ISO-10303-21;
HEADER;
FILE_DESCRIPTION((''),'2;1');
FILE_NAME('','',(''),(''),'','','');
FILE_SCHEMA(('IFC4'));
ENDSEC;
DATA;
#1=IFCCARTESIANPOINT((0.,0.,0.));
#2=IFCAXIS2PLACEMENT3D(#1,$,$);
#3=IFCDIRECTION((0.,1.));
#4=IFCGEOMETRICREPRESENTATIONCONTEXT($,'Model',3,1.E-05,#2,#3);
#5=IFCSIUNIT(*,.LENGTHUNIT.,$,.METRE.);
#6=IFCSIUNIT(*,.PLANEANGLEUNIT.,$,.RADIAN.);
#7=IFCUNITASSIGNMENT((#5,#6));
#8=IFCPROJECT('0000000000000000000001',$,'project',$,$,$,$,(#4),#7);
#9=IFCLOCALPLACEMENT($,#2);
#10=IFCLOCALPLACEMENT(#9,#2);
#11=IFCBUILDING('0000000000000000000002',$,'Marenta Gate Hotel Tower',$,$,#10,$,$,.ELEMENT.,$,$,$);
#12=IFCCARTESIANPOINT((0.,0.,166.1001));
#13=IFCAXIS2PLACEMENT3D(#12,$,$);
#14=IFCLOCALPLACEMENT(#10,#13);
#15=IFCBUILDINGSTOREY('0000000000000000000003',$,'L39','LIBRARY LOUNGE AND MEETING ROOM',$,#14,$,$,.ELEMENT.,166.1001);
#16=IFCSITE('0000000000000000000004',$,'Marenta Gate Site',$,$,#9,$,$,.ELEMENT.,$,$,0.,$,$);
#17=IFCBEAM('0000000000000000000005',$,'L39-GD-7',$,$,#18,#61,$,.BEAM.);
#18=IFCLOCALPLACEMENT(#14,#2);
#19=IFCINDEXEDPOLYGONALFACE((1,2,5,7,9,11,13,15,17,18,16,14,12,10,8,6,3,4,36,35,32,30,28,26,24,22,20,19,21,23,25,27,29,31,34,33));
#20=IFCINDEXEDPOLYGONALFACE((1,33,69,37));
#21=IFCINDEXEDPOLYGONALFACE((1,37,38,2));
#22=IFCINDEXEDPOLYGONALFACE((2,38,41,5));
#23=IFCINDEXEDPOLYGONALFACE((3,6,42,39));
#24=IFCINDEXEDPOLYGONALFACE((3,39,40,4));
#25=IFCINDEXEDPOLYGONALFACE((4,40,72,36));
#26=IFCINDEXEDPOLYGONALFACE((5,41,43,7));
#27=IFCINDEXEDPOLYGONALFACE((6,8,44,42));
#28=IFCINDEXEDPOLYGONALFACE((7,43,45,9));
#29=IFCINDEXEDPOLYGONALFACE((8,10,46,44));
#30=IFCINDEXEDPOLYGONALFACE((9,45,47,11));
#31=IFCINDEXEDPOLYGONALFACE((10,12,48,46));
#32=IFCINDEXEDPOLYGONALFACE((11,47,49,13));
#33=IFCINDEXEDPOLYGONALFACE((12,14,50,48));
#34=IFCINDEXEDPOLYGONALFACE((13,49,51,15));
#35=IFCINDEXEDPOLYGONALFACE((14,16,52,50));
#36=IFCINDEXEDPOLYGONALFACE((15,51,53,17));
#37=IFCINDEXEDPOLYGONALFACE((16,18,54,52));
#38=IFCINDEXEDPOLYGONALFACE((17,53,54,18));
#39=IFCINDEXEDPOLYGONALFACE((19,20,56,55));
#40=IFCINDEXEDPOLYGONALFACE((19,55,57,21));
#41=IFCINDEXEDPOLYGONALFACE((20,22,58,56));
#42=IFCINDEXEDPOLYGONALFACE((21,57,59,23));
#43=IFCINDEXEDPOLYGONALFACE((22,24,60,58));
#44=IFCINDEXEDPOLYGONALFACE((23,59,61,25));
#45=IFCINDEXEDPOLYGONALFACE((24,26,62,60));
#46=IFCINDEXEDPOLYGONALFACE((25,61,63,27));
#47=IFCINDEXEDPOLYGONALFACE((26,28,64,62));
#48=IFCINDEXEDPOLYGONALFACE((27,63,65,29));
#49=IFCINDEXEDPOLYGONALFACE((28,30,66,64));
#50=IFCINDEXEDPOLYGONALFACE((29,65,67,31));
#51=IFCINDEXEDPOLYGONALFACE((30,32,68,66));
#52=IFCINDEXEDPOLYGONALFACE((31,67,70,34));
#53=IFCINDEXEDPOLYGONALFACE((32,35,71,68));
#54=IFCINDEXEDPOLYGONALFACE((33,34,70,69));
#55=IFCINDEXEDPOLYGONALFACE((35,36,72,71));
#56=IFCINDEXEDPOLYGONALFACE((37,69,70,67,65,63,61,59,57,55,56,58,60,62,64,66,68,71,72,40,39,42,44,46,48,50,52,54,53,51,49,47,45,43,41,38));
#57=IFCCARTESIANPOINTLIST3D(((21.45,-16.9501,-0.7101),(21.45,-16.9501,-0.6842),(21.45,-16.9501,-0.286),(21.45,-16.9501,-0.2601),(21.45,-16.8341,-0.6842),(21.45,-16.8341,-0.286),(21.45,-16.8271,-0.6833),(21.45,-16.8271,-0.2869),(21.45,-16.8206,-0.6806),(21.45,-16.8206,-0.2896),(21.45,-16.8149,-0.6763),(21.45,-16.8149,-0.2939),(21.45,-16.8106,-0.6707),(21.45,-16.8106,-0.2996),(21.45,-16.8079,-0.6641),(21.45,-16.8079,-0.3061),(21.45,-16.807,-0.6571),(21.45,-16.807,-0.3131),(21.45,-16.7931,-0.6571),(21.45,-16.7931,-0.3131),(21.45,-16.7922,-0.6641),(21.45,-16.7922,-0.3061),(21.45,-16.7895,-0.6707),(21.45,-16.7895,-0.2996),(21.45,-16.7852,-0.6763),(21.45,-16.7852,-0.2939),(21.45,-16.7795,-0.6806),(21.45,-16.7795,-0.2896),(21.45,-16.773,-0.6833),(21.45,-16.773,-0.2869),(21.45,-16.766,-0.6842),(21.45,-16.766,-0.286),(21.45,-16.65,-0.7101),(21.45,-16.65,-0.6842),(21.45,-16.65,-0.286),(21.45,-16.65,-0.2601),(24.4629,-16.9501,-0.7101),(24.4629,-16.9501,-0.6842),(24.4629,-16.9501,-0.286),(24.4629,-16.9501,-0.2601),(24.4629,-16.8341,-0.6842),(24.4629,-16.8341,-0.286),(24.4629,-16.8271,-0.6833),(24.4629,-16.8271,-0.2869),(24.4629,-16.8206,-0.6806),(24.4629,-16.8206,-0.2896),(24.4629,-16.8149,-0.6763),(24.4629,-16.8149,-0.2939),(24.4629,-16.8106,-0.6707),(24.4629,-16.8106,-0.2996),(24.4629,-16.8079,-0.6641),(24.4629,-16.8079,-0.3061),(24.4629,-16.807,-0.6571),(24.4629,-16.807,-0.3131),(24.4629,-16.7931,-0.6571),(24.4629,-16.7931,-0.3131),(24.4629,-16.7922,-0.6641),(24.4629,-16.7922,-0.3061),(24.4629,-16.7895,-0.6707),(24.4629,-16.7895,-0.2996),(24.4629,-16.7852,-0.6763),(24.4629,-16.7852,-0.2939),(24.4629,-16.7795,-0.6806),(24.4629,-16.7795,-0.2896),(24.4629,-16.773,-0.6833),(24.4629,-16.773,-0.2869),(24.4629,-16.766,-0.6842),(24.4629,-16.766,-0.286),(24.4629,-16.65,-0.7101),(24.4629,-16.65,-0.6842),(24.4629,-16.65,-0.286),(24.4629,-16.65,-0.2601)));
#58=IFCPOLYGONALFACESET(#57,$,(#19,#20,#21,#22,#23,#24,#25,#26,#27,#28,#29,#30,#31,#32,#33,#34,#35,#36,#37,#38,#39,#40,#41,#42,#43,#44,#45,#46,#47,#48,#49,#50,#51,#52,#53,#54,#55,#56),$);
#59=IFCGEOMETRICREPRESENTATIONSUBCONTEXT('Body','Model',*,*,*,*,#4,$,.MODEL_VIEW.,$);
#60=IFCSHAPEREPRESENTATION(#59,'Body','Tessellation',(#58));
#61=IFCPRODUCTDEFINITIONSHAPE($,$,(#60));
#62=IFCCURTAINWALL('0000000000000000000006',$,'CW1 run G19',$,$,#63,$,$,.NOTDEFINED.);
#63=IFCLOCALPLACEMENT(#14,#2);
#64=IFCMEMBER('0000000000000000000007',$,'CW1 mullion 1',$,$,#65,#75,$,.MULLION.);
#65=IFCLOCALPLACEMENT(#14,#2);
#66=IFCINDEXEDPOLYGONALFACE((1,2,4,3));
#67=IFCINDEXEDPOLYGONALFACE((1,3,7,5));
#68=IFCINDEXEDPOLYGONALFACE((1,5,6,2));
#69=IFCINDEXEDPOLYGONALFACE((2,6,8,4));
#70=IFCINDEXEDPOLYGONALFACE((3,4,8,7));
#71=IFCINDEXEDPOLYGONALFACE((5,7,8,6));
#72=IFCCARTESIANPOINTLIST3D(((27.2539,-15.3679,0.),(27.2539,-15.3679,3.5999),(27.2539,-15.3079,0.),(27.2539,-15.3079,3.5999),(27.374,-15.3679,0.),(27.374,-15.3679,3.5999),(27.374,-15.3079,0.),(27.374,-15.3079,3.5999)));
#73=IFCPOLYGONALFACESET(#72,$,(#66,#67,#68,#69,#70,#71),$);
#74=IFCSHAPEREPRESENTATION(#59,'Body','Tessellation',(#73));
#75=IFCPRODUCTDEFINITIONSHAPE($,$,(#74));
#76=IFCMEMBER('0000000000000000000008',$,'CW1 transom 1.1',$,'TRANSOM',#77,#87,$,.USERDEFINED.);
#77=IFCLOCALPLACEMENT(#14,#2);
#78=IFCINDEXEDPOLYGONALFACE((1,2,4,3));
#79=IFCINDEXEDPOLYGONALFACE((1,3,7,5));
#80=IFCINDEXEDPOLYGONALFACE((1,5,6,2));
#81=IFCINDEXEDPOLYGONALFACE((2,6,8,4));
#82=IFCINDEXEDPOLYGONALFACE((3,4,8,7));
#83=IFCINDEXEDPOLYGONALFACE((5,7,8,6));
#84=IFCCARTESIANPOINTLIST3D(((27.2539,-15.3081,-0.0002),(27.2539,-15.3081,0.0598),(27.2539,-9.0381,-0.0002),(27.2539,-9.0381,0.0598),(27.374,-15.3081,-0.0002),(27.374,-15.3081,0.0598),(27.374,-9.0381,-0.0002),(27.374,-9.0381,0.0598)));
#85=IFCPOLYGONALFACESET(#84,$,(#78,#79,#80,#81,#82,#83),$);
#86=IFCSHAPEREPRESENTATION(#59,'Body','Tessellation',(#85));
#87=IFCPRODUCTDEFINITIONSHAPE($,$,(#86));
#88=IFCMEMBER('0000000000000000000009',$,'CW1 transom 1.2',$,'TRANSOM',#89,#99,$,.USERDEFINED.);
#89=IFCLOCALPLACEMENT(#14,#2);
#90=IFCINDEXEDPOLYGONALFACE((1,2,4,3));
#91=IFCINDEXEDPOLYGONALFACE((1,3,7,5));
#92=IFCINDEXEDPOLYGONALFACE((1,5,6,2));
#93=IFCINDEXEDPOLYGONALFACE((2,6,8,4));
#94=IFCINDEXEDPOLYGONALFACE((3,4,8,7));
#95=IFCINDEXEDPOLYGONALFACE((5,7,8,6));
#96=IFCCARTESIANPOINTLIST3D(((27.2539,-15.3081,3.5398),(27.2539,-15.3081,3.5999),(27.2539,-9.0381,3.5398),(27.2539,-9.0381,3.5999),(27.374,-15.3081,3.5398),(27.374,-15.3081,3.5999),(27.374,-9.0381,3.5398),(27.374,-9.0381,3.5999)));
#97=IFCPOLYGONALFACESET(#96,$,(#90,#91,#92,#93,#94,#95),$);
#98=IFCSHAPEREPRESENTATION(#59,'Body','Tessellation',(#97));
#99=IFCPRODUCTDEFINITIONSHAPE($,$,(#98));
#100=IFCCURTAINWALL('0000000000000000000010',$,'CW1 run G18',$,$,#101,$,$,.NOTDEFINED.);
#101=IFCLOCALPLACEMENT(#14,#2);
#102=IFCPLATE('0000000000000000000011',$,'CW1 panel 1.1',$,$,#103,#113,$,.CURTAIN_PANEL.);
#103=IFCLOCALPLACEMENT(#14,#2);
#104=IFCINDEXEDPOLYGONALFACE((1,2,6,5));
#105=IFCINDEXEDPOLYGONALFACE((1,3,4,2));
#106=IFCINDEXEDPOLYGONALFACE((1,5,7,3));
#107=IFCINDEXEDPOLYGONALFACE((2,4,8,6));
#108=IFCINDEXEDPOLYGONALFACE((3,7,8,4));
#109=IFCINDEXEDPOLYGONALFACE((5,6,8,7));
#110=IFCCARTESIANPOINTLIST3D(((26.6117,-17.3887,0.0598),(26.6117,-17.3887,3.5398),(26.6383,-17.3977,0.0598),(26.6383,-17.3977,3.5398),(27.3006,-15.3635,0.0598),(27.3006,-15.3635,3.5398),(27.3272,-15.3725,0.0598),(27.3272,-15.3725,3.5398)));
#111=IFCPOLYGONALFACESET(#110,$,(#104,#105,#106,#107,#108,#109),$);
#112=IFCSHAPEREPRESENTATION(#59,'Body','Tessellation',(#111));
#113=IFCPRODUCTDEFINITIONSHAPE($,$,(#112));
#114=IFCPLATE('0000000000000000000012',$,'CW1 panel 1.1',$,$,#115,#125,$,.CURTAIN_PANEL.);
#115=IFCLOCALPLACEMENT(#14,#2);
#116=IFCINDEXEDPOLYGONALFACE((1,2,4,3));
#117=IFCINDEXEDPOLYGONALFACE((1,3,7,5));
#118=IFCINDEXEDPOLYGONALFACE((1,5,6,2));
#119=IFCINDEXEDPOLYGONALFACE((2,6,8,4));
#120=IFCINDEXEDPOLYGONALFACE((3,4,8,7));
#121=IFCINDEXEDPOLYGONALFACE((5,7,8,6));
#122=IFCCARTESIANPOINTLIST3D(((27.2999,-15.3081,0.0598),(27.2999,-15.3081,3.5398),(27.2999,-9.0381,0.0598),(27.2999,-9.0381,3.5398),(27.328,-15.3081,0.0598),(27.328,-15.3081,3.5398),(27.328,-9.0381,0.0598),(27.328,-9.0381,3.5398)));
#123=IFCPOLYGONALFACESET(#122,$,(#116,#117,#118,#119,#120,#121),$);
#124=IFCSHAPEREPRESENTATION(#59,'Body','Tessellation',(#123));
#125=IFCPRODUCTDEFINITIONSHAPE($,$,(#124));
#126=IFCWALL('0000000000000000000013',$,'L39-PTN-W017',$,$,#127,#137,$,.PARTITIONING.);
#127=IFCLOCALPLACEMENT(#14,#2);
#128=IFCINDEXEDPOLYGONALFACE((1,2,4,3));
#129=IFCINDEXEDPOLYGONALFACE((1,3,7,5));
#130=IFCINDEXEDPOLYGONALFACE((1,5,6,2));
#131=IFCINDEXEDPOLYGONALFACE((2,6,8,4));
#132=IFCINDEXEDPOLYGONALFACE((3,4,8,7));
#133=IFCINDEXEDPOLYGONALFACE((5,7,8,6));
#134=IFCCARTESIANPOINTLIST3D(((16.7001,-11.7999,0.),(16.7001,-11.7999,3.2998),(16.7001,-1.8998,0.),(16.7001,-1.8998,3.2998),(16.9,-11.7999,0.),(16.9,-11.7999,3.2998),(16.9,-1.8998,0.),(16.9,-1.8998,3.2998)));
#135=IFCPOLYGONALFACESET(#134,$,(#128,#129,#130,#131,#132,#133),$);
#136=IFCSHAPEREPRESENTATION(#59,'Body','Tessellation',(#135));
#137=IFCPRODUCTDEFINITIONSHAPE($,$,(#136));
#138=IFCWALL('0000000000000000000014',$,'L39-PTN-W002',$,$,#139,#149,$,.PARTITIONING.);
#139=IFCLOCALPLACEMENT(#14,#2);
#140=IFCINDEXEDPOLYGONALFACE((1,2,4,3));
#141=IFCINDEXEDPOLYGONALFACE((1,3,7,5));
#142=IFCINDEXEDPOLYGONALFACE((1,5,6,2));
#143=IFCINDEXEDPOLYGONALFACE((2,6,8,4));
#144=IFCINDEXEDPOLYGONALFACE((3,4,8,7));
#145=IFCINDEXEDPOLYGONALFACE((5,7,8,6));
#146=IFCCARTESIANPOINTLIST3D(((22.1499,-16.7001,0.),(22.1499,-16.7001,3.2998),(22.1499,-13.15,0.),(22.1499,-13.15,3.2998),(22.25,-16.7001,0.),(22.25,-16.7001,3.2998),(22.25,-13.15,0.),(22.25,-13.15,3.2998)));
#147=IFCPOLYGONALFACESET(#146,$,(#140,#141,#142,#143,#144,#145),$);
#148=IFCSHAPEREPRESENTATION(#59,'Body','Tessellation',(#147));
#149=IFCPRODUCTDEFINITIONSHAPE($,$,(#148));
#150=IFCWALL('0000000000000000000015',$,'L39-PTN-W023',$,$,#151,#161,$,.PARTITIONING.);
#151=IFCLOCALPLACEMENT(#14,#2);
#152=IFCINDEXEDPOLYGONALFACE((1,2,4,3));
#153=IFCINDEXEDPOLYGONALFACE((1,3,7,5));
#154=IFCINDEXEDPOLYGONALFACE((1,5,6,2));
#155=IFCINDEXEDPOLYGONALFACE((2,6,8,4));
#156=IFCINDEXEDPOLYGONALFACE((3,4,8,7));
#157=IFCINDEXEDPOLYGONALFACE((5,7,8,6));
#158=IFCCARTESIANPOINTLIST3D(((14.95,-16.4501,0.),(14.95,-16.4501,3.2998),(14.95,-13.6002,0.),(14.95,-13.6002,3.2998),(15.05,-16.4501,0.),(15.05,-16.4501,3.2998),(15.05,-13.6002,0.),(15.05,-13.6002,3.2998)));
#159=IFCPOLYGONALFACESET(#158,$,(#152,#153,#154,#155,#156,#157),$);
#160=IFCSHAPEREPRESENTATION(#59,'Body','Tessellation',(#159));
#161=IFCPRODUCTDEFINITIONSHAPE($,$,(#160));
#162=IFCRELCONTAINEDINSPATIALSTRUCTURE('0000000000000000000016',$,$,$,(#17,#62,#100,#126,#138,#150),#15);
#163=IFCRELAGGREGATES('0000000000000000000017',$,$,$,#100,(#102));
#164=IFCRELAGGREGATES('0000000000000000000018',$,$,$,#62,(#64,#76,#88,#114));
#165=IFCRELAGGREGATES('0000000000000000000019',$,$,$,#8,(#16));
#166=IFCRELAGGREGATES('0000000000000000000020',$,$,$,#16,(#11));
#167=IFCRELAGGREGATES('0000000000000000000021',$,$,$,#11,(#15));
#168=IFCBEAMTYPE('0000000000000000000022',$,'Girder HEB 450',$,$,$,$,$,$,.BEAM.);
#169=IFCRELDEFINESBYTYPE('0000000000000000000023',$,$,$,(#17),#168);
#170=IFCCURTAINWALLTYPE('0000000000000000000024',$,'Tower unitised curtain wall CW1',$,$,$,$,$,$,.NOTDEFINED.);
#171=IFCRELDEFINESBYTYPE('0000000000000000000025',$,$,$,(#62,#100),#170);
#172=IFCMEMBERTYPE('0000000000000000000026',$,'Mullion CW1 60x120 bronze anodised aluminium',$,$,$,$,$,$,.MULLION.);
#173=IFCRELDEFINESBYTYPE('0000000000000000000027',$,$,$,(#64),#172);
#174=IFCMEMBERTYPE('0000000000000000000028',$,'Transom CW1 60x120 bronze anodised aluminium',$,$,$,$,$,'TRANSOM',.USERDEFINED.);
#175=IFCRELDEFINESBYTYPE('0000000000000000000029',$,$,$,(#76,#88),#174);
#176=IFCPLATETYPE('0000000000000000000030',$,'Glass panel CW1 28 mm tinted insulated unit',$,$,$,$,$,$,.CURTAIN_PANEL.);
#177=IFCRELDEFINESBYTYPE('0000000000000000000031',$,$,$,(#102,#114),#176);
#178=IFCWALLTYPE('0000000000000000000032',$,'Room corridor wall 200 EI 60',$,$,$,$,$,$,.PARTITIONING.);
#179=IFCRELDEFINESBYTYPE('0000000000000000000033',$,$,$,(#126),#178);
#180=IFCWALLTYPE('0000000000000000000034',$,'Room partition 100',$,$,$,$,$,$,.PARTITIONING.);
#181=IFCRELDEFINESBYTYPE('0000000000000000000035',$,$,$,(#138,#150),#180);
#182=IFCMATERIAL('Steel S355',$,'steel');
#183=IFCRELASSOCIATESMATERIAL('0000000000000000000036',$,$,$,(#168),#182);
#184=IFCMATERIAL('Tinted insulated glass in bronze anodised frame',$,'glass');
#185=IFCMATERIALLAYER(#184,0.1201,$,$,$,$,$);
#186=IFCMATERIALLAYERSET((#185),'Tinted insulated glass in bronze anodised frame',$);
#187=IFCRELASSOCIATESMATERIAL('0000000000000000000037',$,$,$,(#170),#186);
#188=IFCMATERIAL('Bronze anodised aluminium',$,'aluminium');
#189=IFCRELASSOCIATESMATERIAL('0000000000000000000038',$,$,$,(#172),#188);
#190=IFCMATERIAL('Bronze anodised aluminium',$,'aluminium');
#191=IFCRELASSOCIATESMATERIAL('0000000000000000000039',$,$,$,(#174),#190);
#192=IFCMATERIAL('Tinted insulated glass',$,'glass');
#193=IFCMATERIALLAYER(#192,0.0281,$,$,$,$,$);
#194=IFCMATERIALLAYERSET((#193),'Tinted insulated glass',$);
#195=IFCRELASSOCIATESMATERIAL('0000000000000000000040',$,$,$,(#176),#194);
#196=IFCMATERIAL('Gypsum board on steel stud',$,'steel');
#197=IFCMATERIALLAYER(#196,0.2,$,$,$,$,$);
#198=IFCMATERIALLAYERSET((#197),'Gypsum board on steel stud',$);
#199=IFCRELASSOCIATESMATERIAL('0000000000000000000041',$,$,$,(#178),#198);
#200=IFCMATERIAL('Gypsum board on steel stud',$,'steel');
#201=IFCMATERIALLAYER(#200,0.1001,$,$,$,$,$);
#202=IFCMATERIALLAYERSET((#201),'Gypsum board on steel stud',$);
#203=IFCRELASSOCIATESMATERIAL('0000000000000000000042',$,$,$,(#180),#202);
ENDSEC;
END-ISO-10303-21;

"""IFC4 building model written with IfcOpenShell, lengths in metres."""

from ifc_helpers import new_model, si_unit, direction, frame, frame_2d, origin, origin_2d, place, context, subcontext, project, spatial, rectangle, i_section, extrude, material, layer, layer_set, material_profile, profile_set, type_object, element, aggregate, save


model = new_model("IFC4")

# Units and contexts
model_context = context("Model", 3, precision=1e-05, world=origin(), true_north=direction((0.0, 1.0)))
body_context = subcontext(model_context, "Body", "Model", "MODEL_VIEW")
ifc_project = project(units=[si_unit("LENGTHUNIT", "METRE"), si_unit("PLANEANGLEUNIT", "RADIAN")], contexts=[model_context])

# Site, building, storey
site_placement = place(None, origin())
site = spatial("IfcSite", under=ifc_project, at=site_placement, Name="Marenta Gate Site", CompositionType="ELEMENT", RefElevation=0.0)
building_placement = place(site_placement, origin())
building = spatial("IfcBuilding", under=site, at=building_placement, Name="Marenta Gate Hotel Tower", CompositionType="ELEMENT")
storey_placement = place(building_placement, frame((0.0, 0.0, 166.1001)))
storey = spatial("IfcBuildingStorey", under=building, at=storey_placement, Name="L39", Description="LIBRARY LOUNGE AND MEETING ROOM", CompositionType="ELEMENT", Elevation=166.1001)

# Beam
ifc_material_1 = material(Name="Steel S355", Category="steel")
ifc_material_profile_1 = material_profile(ifc_material_1, i_section(OverallWidth=0.3, OverallDepth=0.45, WebThickness=0.0139, FlangeThickness=0.0259, FilletRadius=0.0271, at=origin_2d()), Name="HEB 450")
ifc_profile_set_1 = profile_set([ifc_material_profile_1], Name="Steel S355")
beam_type_1 = type_object("IfcBeamType", Name="Girder HEB 450", PredefinedType="BEAM", material=ifc_profile_set_1)
beam_1_placement = place(storey_placement, frame((21.45, -16.8, -0.4851), z_axis=(1.0, 0.0, 0.0), x_axis=(0.0, 1.0, 0.0)))
element("IfcBeam", 1, at=beam_1_placement, inside=storey, type_object=beam_type_1, Name="L39-GD-7", PredefinedType="BEAM", context=body_context, shape_type="SweptSolid", body=[
    extrude(i_section(OverallWidth=0.3, OverallDepth=0.45, WebThickness=0.0139, FlangeThickness=0.0259, FilletRadius=0.0271, at=origin_2d()), origin(), (0.0, 0.0, 1.0), 3.0129),
])

# Curtain wall, members
ifc_material_2 = material(Name="Tinted insulated glass in bronze anodised frame", Category="glass")
ifc_layer_1 = layer(ifc_material_2, 0.1201)
ifc_layer_set_1 = layer_set([ifc_layer_1], Name="Tinted insulated glass in bronze anodised frame")
curtain_wall_type = type_object("IfcCurtainWallType", Name="Tower unitised curtain wall CW1", PredefinedType="NOTDEFINED", material=ifc_layer_set_1)
curtain_wall_1_placement = place(storey_placement, origin())
curtain_wall_1 = element("IfcCurtainWall", 2, at=curtain_wall_1_placement, inside=storey, type_object=curtain_wall_type, Name="CW1 run G19", PredefinedType="NOTDEFINED")
ifc_material_3 = material(Name="Bronze anodised aluminium", Category="aluminium")
ifc_material_profile_2 = material_profile(ifc_material_3, rectangle(XDim=0.1201, YDim=0.0601, at=origin_2d()), Name="Mullion CW1 60x120 bronze anodised aluminium")
ifc_profile_set_2 = profile_set([ifc_material_profile_2], Name="Bronze anodised aluminium")
member_type_1 = type_object("IfcMemberType", Name="Mullion CW1 60x120 bronze anodised aluminium", PredefinedType="MULLION", material=ifc_profile_set_2)
member_1_placement = place(storey_placement, frame((27.314, -15.3379, 0.0), z_axis=(0.0, 0.0, 1.0), x_axis=(-1.0, 0.0, 0.0)))
member_1 = element("IfcMember", 3, at=member_1_placement, type_object=member_type_1, Name="CW1 mullion 1", PredefinedType="MULLION", context=body_context, shape_type="SweptSolid", body=[
    extrude(rectangle(XDim=0.1201, YDim=0.0601, at=origin_2d()), origin(), (0.0, 0.0, 1.0), 3.5999),
])
ifc_material_4 = material(Name="Bronze anodised aluminium", Category="aluminium")
ifc_material_profile_3 = material_profile(ifc_material_4, rectangle(XDim=0.1201, YDim=0.0601, at=origin_2d()), Name="Transom CW1 60x120 bronze anodised aluminium")
ifc_profile_set_3 = profile_set([ifc_material_profile_3], Name="Bronze anodised aluminium")
member_type_2 = type_object("IfcMemberType", Name="Transom CW1 60x120 bronze anodised aluminium", ElementType="TRANSOM", PredefinedType="USERDEFINED", material=ifc_profile_set_3)
member_2_placement = place(storey_placement, frame((27.314, -15.3081, 0.0298), z_axis=(0.0, 1.0, 0.0), x_axis=(-1.0, 0.0, 0.0)))
member_2 = element("IfcMember", 4, at=member_2_placement, type_object=member_type_2, Name="CW1 transom 1.1", ObjectType="TRANSOM", PredefinedType="USERDEFINED", context=body_context, shape_type="SweptSolid", body=[
    extrude(rectangle(XDim=0.1201, YDim=0.0601, at=origin_2d()), origin(), (0.0, 0.0, 1.0), 6.27),
])
member_3_placement = place(storey_placement, frame((27.314, -15.3081, 3.5698), z_axis=(0.0, 1.0, 0.0), x_axis=(-1.0, 0.0, 0.0)))
member_3 = element("IfcMember", 5, at=member_3_placement, type_object=member_type_2, Name="CW1 transom 1.2", ObjectType="TRANSOM", PredefinedType="USERDEFINED", context=body_context, shape_type="SweptSolid", body=[
    extrude(rectangle(XDim=0.1201, YDim=0.0601, at=origin_2d()), origin(), (0.0, 0.0, 1.0), 6.27),
])

# Curtain wall, plate
curtain_wall_2_placement = place(storey_placement, origin())
curtain_wall_2 = element("IfcCurtainWall", 6, at=curtain_wall_2_placement, inside=storey, type_object=curtain_wall_type, Name="CW1 run G18", PredefinedType="NOTDEFINED")
ifc_material_5 = material(Name="Tinted insulated glass", Category="glass")
ifc_layer_2 = layer(ifc_material_5, 0.0281)
ifc_layer_set_2 = layer_set([ifc_layer_2], Name="Tinted insulated glass")
plate_type = type_object("IfcPlateType", Name="Glass panel CW1 28 mm tinted insulated unit", PredefinedType="CURTAIN_PANEL", material=ifc_layer_set_2)
plate_1_placement = place(storey_placement, frame((26.9695, -16.3806, 0.0598), z_axis=(0.0, 0.0, 1.0), x_axis=(0.322047, 0.946724, 0.0)))
plate_1 = element("IfcPlate", 7, at=plate_1_placement, type_object=plate_type, Name="CW1 panel 1.1", PredefinedType="CURTAIN_PANEL", context=body_context, shape_type="SweptSolid", body=[
    extrude(rectangle(XDim=2.1392, YDim=0.0281, at=origin_2d()), origin(), (0.0, 0.0, 1.0), 3.48),
])
aggregate(curtain_wall_2, [plate_1])

# Plate
plate_2_placement = place(storey_placement, frame((27.314, -12.1731, 0.0598), z_axis=(0.0, 0.0, 1.0), x_axis=(0.0, 1.0, 0.0)))
plate_2 = element("IfcPlate", 8, at=plate_2_placement, type_object=plate_type, Name="CW1 panel 1.1", PredefinedType="CURTAIN_PANEL", context=body_context, shape_type="SweptSolid", body=[
    extrude(rectangle(XDim=6.27, YDim=0.0281, at=origin_2d()), origin(), (0.0, 0.0, 1.0), 3.48),
])
aggregate(curtain_wall_1, [member_1, member_2, member_3, plate_2])

# Walls
ifc_material_6 = material(Name="Gypsum board on steel stud", Category="steel")
ifc_layer_3 = layer(ifc_material_6, 0.2)
ifc_layer_set_3 = layer_set([ifc_layer_3], Name="Gypsum board on steel stud")
wall_type_1 = type_object("IfcWallType", Name="Room corridor wall 200 EI 60", PredefinedType="PARTITIONING", material=ifc_layer_set_3)
wall_1_placement = place(storey_placement, frame((16.8, -11.8, 0.0), z_axis=(0.0, 0.0, 1.0), x_axis=(0.0, 1.0, 0.0)))
element("IfcWall", 9, at=wall_1_placement, inside=storey, type_object=wall_type_1, Name="L39-PTN-W017", PredefinedType="PARTITIONING", context=body_context, shape_type="SweptSolid", body=[
    extrude(rectangle(XDim=9.9001, YDim=0.2, at=frame_2d((4.9502, 0.0))), origin(), (0.0, 0.0, 1.0), 3.2998),
])
ifc_material_7 = material(Name="Gypsum board on steel stud", Category="steel")
ifc_layer_4 = layer(ifc_material_7, 0.1001)
ifc_layer_set_4 = layer_set([ifc_layer_4], Name="Gypsum board on steel stud")
wall_type_2 = type_object("IfcWallType", Name="Room partition 100", PredefinedType="PARTITIONING", material=ifc_layer_set_4)
wall_2_placement = place(storey_placement, frame((22.2, -16.7, 0.0), z_axis=(0.0, 0.0, 1.0), x_axis=(0.0, 1.0, 0.0)))
element("IfcWall", 10, at=wall_2_placement, inside=storey, type_object=wall_type_2, Name="L39-PTN-W002", PredefinedType="PARTITIONING", context=body_context, shape_type="SweptSolid", body=[
    extrude(rectangle(XDim=3.55, YDim=0.1001, at=frame_2d((1.7749, 0.0))), origin(), (0.0, 0.0, 1.0), 3.2998),
])
wall_3_placement = place(storey_placement, frame((15.0, -16.45, 0.0), z_axis=(0.0, 0.0, 1.0), x_axis=(0.0, 1.0, 0.0)))
element("IfcWall", 11, at=wall_3_placement, inside=storey, type_object=wall_type_2, Name="L39-PTN-W023", PredefinedType="PARTITIONING", context=body_context, shape_type="SweptSolid", body=[
    extrude(rectangle(XDim=2.8499, YDim=0.1001, at=frame_2d((1.4248, 0.0))), origin(), (0.0, 0.0, 1.0), 3.2998),
])

save(model, "model.ifc")
